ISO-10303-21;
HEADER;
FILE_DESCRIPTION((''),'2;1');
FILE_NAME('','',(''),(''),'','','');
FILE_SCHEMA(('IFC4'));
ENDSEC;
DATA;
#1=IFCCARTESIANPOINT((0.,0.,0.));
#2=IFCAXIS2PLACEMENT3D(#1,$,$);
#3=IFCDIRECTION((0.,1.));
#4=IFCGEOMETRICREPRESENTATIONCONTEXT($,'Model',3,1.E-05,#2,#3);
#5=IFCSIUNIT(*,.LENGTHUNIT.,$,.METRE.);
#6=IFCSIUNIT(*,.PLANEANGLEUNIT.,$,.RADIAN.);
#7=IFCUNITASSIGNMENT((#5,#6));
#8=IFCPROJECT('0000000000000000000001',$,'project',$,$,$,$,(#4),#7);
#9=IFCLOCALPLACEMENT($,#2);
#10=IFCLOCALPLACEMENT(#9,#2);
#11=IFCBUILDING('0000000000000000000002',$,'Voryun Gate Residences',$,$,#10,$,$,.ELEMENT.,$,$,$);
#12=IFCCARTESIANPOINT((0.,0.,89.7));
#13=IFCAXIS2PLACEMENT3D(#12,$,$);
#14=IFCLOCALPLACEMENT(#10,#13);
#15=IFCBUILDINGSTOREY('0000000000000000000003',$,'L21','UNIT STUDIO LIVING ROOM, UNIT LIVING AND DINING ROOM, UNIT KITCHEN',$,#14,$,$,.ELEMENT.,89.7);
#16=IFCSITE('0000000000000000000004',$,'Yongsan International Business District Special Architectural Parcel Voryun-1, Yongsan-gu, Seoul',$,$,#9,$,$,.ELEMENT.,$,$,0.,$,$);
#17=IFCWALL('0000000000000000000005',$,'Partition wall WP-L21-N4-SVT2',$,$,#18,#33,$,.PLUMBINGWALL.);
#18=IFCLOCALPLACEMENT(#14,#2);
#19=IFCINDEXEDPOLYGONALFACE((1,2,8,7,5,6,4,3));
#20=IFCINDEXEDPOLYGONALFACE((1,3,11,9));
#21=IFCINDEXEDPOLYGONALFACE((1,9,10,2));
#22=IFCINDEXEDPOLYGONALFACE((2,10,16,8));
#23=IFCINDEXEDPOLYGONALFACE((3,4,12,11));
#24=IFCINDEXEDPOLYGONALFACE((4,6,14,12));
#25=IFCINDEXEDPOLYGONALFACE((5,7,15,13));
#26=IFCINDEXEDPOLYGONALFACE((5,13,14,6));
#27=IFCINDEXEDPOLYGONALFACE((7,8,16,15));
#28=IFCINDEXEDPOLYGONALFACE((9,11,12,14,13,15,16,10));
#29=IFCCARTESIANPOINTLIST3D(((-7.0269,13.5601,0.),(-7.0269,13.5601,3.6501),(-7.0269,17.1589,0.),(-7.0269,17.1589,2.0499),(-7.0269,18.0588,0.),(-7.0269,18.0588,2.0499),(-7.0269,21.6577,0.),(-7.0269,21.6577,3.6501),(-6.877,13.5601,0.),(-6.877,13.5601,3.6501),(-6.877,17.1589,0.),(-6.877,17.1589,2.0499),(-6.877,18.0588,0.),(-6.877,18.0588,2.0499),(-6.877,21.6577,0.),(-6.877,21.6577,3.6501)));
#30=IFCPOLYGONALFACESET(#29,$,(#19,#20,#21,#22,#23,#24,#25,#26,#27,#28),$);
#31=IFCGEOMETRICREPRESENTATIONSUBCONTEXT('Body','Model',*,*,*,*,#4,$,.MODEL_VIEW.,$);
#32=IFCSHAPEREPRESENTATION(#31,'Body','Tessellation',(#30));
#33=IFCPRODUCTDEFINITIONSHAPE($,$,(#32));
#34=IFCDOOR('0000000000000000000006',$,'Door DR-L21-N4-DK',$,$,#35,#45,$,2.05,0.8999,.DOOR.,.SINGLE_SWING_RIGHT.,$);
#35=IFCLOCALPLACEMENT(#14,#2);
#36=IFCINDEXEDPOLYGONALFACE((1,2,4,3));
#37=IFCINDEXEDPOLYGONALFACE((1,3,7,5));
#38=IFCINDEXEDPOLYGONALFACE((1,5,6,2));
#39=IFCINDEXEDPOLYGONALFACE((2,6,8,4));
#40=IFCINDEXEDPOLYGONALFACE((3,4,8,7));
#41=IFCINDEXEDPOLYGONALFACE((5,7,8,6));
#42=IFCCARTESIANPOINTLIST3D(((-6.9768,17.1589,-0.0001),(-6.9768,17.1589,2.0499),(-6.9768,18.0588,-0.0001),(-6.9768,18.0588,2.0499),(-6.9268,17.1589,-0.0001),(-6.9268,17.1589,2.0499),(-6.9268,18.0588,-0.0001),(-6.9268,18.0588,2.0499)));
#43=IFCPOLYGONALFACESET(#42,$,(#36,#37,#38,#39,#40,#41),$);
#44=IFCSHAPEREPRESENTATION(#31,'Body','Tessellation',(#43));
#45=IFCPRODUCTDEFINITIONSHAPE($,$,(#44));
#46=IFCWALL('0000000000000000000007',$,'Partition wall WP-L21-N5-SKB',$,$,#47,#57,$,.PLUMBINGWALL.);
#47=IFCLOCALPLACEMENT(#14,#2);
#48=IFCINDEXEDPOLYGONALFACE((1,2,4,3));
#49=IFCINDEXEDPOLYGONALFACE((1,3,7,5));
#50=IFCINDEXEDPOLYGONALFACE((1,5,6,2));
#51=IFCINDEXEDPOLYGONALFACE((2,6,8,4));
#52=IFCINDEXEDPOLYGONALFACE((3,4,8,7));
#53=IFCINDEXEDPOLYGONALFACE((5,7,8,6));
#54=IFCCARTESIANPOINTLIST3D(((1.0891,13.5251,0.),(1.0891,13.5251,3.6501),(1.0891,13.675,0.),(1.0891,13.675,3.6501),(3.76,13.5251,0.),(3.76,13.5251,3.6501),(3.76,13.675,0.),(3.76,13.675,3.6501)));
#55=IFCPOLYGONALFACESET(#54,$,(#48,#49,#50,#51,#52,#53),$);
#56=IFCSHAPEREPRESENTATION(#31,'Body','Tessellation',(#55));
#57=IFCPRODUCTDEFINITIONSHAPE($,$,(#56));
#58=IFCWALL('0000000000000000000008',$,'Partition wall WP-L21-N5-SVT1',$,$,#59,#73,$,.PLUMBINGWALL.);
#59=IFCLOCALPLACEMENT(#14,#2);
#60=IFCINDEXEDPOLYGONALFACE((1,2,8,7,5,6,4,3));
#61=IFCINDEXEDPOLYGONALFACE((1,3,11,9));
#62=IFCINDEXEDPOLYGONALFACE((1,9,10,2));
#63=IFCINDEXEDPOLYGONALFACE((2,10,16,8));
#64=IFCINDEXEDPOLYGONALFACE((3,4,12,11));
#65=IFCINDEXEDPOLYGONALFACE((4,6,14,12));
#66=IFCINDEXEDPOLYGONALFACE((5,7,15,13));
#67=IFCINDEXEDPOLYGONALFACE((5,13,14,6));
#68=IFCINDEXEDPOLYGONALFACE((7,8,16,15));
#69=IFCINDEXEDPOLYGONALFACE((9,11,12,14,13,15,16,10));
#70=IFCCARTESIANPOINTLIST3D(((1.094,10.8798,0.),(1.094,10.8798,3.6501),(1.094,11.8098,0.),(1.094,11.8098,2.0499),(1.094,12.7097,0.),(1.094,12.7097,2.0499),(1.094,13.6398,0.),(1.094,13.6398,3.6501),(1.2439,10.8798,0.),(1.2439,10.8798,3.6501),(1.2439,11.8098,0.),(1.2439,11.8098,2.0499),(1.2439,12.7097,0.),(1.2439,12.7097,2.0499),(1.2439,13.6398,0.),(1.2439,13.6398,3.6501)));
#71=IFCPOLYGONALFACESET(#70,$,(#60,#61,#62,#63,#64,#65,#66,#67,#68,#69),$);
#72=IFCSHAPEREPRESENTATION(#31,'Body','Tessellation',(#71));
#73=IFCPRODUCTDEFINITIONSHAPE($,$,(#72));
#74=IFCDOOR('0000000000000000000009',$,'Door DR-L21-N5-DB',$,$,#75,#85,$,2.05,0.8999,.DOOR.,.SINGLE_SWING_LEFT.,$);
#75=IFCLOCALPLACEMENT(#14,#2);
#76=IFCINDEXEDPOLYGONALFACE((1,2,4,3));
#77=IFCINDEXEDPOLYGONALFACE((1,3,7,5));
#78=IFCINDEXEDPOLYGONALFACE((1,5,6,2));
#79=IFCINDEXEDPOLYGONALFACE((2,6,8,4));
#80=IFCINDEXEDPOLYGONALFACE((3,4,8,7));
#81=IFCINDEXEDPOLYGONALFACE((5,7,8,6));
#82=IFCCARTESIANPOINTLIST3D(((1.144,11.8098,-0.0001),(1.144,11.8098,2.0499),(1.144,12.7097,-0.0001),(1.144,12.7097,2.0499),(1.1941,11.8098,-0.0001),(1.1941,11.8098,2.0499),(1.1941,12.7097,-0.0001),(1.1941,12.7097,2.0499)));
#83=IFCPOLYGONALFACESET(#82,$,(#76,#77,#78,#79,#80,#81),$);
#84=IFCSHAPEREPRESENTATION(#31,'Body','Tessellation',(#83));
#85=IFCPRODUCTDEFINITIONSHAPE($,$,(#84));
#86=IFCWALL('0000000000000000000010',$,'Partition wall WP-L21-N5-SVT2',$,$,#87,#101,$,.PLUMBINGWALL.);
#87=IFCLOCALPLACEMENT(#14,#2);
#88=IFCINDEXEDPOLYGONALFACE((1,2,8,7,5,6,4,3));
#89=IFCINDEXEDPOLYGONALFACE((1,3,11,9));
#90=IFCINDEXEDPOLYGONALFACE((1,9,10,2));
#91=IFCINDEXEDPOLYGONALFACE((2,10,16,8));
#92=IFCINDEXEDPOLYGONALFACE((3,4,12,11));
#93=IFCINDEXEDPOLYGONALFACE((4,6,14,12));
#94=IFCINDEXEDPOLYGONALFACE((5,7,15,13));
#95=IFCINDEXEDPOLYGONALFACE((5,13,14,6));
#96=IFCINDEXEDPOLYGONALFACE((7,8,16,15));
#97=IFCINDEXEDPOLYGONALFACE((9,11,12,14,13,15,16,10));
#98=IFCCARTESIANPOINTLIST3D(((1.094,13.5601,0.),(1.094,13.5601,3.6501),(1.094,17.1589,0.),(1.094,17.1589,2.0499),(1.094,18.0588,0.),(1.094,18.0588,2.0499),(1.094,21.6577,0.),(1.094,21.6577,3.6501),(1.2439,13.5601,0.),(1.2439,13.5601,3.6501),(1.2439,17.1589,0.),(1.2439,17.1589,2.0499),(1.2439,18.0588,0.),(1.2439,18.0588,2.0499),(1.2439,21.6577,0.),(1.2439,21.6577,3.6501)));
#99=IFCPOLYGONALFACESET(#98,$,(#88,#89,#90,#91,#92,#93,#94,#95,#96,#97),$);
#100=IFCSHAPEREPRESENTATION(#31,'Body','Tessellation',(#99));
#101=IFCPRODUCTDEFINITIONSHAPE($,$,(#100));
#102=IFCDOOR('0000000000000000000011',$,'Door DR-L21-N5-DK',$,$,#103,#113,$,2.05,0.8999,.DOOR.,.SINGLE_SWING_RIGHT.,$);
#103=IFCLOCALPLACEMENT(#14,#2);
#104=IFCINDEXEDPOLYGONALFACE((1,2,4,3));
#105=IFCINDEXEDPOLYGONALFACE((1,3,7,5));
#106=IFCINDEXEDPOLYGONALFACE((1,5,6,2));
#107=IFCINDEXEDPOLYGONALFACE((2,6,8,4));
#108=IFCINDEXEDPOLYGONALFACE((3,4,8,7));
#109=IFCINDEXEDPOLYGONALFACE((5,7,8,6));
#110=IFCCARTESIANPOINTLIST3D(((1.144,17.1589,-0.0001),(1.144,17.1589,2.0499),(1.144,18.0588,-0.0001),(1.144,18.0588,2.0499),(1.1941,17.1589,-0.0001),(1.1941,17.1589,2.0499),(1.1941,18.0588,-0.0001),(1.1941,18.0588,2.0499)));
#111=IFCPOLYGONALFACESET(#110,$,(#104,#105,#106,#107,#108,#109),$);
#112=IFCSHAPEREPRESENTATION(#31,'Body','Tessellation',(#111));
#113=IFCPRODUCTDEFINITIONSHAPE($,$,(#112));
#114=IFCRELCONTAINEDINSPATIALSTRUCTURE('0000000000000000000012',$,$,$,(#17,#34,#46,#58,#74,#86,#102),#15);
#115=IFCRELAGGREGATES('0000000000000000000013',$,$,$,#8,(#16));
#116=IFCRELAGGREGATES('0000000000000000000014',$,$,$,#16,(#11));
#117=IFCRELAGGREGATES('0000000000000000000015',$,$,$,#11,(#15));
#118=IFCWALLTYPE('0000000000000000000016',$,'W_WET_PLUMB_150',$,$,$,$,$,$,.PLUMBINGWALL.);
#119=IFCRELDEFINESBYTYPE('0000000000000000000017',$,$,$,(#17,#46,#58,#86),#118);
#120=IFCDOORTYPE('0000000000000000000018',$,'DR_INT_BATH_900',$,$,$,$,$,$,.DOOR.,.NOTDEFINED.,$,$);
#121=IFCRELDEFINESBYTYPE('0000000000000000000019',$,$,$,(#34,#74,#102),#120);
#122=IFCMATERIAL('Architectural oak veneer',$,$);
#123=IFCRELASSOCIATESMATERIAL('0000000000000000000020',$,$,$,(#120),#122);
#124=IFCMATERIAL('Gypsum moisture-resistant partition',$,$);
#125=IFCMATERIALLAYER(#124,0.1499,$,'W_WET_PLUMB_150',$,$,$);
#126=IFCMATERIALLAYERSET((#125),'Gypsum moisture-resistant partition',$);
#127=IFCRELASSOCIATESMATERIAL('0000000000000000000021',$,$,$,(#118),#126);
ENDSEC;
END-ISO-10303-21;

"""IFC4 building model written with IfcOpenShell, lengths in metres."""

from ifc_helpers import new_model, si_unit, direction, frame, frame_2d, origin, place, context, subcontext, project, spatial, rectangle, extrude, material, layer, layer_set, type_object, element, fill, save


model = new_model("IFC4")

# Units and contexts
model_context = context("Model", 3, precision=1e-05, world=origin(), true_north=direction((0.0, 1.0)))
body_context = subcontext(model_context, "Body", "Model", "MODEL_VIEW")
ifc_project = project(units=[si_unit("LENGTHUNIT", "METRE"), si_unit("PLANEANGLEUNIT", "RADIAN")], contexts=[model_context])

# Site, building, storey
site_placement = place(None, origin())
site = spatial("IfcSite", under=ifc_project, at=site_placement, Name="Yongsan International Business District Special Architectural Parcel Voryun-1, Yongsan-gu, Seoul", CompositionType="ELEMENT", RefElevation=0.0)
building_placement = place(site_placement, origin())
building = spatial("IfcBuilding", under=site, at=building_placement, Name="Voryun Gate Residences", CompositionType="ELEMENT")
storey_placement = place(building_placement, frame((0.0, 0.0, 89.7)))
storey = spatial("IfcBuildingStorey", under=building, at=storey_placement, Name="L21", Description="UNIT STUDIO LIVING ROOM, UNIT LIVING AND DINING ROOM, UNIT KITCHEN", CompositionType="ELEMENT", Elevation=89.7)

# Shared definitions
ifc_material_1 = material(Name="Architectural oak veneer")
door_type_1 = type_object("IfcDoorType", Name="DR_INT_BATH_900", OperationType="NOTDEFINED", PredefinedType="DOOR", material=ifc_material_1)

# Shared definitions
ifc_material_2 = material(Name="Gypsum moisture-resistant partition")
ifc_layer_1 = layer(ifc_material_2, 0.1499, Name="W_WET_PLUMB_150")
ifc_layer_set_1 = layer_set([ifc_layer_1], Name="Gypsum moisture-resistant partition")
wall_type_1 = type_object("IfcWallType", Name="W_WET_PLUMB_150", PredefinedType="PLUMBINGWALL", material=ifc_layer_set_1)

# Wall, opening, door
wall_1_placement = place(storey_placement, frame((-6.9519, 13.5601, 0.0), z_axis=(0.0, 0.0, 1.0), x_axis=(0.0, 1.0, 0.0)))
wall_1 = element("IfcWall", 1, at=wall_1_placement, inside=storey, type_object=wall_type_1, Name="Partition wall WP-L21-N4-SVT2", PredefinedType="PLUMBINGWALL", context=body_context, shape_type="SweptSolid", body=[
    extrude(rectangle(XDim=8.0977, YDim=0.1499, at=frame_2d((4.0488, 0.0))), origin(), (0.0, 0.0, 1.0), 3.6501),
])
opening_1_placement = place(wall_1_placement, frame((3.5989, 0.0, 0.0)))
opening_1 = element("IfcOpeningElement", 2, at=opening_1_placement, cuts=wall_1, PredefinedType="OPENING", context=body_context, shape_type="SweptSolid", body=[
    extrude(rectangle(XDim=0.8999, YDim=2.05, at=frame_2d((0.45, 1.0249))), frame((0.0, 0.085, 0.0), z_axis=(0.0, -1.0, 0.0), x_axis=(1.0, 0.0, 0.0)), (0.0, 0.0, 1.0), 0.1699),
])
door_1_placement = place(opening_1_placement, origin())
door_1 = element("IfcDoor", 3, at=door_1_placement, inside=storey, type_object=door_type_1, Name="Door DR-L21-N4-DK", OperationType="SINGLE_SWING_RIGHT", OverallHeight=2.05, OverallWidth=0.8999, PredefinedType="DOOR", context=body_context, shape_type="SweptSolid", body=[
    extrude(rectangle(XDim=0.8999, YDim=2.05, at=frame_2d((0.45, 1.0249))), frame((0.0, 0.0249, 0.0), z_axis=(0.0, -1.0, 0.0), x_axis=(1.0, 0.0, 0.0)), (0.0, 0.0, 1.0), 0.05),
])
fill(opening_1, door_1)

# Wall
wall_2_placement = place(storey_placement, frame((1.0891, 13.6001, 0.0), z_axis=(0.0, 0.0, 1.0), x_axis=(1.0, 0.0, 0.0)))
element("IfcWall", 4, at=wall_2_placement, inside=storey, type_object=wall_type_1, Name="Partition wall WP-L21-N5-SKB", PredefinedType="PLUMBINGWALL", context=body_context, shape_type="SweptSolid", body=[
    extrude(rectangle(XDim=2.6709, YDim=0.1499, at=frame_2d((1.3354, 0.0))), origin(), (0.0, 0.0, 1.0), 3.6501),
])

# Walls, openings, doors
wall_3_placement = place(storey_placement, frame((1.1689, 10.8799, 0.0), z_axis=(0.0, 0.0, 1.0), x_axis=(0.0, 1.0, 0.0)))
wall_3 = element("IfcWall", 5, at=wall_3_placement, inside=storey, type_object=wall_type_1, Name="Partition wall WP-L21-N5-SVT1", PredefinedType="PLUMBINGWALL", context=body_context, shape_type="SweptSolid", body=[
    extrude(rectangle(XDim=2.76, YDim=0.1499, at=frame_2d((1.3799, 0.0))), origin(), (0.0, 0.0, 1.0), 3.6501),
])
opening_2_placement = place(wall_3_placement, frame((0.9299, 0.0, 0.0)))
opening_2 = element("IfcOpeningElement", 6, at=opening_2_placement, cuts=wall_3, PredefinedType="OPENING", context=body_context, shape_type="SweptSolid", body=[
    extrude(rectangle(XDim=0.8999, YDim=2.05, at=frame_2d((0.45, 1.0249))), frame((0.0, 0.085, 0.0), z_axis=(0.0, -1.0, 0.0), x_axis=(1.0, 0.0, 0.0)), (0.0, 0.0, 1.0), 0.1699),
])
door_2_placement = place(opening_2_placement, origin())
door_2 = element("IfcDoor", 7, at=door_2_placement, inside=storey, type_object=door_type_1, Name="Door DR-L21-N5-DB", OperationType="SINGLE_SWING_LEFT", OverallHeight=2.05, OverallWidth=0.8999, PredefinedType="DOOR", context=body_context, shape_type="SweptSolid", body=[
    extrude(rectangle(XDim=0.8999, YDim=2.05, at=frame_2d((0.45, 1.0249))), frame((0.0, 0.0249, 0.0), z_axis=(0.0, -1.0, 0.0), x_axis=(1.0, 0.0, 0.0)), (0.0, 0.0, 1.0), 0.05),
])
fill(opening_2, door_2)
wall_4_placement = place(storey_placement, frame((1.1689, 13.5601, 0.0), z_axis=(0.0, 0.0, 1.0), x_axis=(0.0, 1.0, 0.0)))
wall_4 = element("IfcWall", 8, at=wall_4_placement, inside=storey, type_object=wall_type_1, Name="Partition wall WP-L21-N5-SVT2", PredefinedType="PLUMBINGWALL", context=body_context, shape_type="SweptSolid", body=[
    extrude(rectangle(XDim=8.0977, YDim=0.1499, at=frame_2d((4.0488, 0.0))), origin(), (0.0, 0.0, 1.0), 3.6501),
])
opening_3_placement = place(wall_4_placement, frame((3.5989, 0.0, 0.0)))
opening_3 = element("IfcOpeningElement", 9, at=opening_3_placement, cuts=wall_4, PredefinedType="OPENING", context=body_context, shape_type="SweptSolid", body=[
    extrude(rectangle(XDim=0.8999, YDim=2.05, at=frame_2d((0.45, 1.0249))), frame((0.0, 0.085, 0.0), z_axis=(0.0, -1.0, 0.0), x_axis=(1.0, 0.0, 0.0)), (0.0, 0.0, 1.0), 0.1699),
])
door_3_placement = place(opening_3_placement, origin())
door_3 = element("IfcDoor", 10, at=door_3_placement, inside=storey, type_object=door_type_1, Name="Door DR-L21-N5-DK", OperationType="SINGLE_SWING_RIGHT", OverallHeight=2.05, OverallWidth=0.8999, PredefinedType="DOOR", context=body_context, shape_type="SweptSolid", body=[
    extrude(rectangle(XDim=0.8999, YDim=2.05, at=frame_2d((0.45, 1.0249))), frame((0.0, 0.0249, 0.0), z_axis=(0.0, -1.0, 0.0), x_axis=(1.0, 0.0, 0.0)), (0.0, 0.0, 1.0), 0.05),
])
fill(opening_3, door_3)

save(model, "model.ifc")
